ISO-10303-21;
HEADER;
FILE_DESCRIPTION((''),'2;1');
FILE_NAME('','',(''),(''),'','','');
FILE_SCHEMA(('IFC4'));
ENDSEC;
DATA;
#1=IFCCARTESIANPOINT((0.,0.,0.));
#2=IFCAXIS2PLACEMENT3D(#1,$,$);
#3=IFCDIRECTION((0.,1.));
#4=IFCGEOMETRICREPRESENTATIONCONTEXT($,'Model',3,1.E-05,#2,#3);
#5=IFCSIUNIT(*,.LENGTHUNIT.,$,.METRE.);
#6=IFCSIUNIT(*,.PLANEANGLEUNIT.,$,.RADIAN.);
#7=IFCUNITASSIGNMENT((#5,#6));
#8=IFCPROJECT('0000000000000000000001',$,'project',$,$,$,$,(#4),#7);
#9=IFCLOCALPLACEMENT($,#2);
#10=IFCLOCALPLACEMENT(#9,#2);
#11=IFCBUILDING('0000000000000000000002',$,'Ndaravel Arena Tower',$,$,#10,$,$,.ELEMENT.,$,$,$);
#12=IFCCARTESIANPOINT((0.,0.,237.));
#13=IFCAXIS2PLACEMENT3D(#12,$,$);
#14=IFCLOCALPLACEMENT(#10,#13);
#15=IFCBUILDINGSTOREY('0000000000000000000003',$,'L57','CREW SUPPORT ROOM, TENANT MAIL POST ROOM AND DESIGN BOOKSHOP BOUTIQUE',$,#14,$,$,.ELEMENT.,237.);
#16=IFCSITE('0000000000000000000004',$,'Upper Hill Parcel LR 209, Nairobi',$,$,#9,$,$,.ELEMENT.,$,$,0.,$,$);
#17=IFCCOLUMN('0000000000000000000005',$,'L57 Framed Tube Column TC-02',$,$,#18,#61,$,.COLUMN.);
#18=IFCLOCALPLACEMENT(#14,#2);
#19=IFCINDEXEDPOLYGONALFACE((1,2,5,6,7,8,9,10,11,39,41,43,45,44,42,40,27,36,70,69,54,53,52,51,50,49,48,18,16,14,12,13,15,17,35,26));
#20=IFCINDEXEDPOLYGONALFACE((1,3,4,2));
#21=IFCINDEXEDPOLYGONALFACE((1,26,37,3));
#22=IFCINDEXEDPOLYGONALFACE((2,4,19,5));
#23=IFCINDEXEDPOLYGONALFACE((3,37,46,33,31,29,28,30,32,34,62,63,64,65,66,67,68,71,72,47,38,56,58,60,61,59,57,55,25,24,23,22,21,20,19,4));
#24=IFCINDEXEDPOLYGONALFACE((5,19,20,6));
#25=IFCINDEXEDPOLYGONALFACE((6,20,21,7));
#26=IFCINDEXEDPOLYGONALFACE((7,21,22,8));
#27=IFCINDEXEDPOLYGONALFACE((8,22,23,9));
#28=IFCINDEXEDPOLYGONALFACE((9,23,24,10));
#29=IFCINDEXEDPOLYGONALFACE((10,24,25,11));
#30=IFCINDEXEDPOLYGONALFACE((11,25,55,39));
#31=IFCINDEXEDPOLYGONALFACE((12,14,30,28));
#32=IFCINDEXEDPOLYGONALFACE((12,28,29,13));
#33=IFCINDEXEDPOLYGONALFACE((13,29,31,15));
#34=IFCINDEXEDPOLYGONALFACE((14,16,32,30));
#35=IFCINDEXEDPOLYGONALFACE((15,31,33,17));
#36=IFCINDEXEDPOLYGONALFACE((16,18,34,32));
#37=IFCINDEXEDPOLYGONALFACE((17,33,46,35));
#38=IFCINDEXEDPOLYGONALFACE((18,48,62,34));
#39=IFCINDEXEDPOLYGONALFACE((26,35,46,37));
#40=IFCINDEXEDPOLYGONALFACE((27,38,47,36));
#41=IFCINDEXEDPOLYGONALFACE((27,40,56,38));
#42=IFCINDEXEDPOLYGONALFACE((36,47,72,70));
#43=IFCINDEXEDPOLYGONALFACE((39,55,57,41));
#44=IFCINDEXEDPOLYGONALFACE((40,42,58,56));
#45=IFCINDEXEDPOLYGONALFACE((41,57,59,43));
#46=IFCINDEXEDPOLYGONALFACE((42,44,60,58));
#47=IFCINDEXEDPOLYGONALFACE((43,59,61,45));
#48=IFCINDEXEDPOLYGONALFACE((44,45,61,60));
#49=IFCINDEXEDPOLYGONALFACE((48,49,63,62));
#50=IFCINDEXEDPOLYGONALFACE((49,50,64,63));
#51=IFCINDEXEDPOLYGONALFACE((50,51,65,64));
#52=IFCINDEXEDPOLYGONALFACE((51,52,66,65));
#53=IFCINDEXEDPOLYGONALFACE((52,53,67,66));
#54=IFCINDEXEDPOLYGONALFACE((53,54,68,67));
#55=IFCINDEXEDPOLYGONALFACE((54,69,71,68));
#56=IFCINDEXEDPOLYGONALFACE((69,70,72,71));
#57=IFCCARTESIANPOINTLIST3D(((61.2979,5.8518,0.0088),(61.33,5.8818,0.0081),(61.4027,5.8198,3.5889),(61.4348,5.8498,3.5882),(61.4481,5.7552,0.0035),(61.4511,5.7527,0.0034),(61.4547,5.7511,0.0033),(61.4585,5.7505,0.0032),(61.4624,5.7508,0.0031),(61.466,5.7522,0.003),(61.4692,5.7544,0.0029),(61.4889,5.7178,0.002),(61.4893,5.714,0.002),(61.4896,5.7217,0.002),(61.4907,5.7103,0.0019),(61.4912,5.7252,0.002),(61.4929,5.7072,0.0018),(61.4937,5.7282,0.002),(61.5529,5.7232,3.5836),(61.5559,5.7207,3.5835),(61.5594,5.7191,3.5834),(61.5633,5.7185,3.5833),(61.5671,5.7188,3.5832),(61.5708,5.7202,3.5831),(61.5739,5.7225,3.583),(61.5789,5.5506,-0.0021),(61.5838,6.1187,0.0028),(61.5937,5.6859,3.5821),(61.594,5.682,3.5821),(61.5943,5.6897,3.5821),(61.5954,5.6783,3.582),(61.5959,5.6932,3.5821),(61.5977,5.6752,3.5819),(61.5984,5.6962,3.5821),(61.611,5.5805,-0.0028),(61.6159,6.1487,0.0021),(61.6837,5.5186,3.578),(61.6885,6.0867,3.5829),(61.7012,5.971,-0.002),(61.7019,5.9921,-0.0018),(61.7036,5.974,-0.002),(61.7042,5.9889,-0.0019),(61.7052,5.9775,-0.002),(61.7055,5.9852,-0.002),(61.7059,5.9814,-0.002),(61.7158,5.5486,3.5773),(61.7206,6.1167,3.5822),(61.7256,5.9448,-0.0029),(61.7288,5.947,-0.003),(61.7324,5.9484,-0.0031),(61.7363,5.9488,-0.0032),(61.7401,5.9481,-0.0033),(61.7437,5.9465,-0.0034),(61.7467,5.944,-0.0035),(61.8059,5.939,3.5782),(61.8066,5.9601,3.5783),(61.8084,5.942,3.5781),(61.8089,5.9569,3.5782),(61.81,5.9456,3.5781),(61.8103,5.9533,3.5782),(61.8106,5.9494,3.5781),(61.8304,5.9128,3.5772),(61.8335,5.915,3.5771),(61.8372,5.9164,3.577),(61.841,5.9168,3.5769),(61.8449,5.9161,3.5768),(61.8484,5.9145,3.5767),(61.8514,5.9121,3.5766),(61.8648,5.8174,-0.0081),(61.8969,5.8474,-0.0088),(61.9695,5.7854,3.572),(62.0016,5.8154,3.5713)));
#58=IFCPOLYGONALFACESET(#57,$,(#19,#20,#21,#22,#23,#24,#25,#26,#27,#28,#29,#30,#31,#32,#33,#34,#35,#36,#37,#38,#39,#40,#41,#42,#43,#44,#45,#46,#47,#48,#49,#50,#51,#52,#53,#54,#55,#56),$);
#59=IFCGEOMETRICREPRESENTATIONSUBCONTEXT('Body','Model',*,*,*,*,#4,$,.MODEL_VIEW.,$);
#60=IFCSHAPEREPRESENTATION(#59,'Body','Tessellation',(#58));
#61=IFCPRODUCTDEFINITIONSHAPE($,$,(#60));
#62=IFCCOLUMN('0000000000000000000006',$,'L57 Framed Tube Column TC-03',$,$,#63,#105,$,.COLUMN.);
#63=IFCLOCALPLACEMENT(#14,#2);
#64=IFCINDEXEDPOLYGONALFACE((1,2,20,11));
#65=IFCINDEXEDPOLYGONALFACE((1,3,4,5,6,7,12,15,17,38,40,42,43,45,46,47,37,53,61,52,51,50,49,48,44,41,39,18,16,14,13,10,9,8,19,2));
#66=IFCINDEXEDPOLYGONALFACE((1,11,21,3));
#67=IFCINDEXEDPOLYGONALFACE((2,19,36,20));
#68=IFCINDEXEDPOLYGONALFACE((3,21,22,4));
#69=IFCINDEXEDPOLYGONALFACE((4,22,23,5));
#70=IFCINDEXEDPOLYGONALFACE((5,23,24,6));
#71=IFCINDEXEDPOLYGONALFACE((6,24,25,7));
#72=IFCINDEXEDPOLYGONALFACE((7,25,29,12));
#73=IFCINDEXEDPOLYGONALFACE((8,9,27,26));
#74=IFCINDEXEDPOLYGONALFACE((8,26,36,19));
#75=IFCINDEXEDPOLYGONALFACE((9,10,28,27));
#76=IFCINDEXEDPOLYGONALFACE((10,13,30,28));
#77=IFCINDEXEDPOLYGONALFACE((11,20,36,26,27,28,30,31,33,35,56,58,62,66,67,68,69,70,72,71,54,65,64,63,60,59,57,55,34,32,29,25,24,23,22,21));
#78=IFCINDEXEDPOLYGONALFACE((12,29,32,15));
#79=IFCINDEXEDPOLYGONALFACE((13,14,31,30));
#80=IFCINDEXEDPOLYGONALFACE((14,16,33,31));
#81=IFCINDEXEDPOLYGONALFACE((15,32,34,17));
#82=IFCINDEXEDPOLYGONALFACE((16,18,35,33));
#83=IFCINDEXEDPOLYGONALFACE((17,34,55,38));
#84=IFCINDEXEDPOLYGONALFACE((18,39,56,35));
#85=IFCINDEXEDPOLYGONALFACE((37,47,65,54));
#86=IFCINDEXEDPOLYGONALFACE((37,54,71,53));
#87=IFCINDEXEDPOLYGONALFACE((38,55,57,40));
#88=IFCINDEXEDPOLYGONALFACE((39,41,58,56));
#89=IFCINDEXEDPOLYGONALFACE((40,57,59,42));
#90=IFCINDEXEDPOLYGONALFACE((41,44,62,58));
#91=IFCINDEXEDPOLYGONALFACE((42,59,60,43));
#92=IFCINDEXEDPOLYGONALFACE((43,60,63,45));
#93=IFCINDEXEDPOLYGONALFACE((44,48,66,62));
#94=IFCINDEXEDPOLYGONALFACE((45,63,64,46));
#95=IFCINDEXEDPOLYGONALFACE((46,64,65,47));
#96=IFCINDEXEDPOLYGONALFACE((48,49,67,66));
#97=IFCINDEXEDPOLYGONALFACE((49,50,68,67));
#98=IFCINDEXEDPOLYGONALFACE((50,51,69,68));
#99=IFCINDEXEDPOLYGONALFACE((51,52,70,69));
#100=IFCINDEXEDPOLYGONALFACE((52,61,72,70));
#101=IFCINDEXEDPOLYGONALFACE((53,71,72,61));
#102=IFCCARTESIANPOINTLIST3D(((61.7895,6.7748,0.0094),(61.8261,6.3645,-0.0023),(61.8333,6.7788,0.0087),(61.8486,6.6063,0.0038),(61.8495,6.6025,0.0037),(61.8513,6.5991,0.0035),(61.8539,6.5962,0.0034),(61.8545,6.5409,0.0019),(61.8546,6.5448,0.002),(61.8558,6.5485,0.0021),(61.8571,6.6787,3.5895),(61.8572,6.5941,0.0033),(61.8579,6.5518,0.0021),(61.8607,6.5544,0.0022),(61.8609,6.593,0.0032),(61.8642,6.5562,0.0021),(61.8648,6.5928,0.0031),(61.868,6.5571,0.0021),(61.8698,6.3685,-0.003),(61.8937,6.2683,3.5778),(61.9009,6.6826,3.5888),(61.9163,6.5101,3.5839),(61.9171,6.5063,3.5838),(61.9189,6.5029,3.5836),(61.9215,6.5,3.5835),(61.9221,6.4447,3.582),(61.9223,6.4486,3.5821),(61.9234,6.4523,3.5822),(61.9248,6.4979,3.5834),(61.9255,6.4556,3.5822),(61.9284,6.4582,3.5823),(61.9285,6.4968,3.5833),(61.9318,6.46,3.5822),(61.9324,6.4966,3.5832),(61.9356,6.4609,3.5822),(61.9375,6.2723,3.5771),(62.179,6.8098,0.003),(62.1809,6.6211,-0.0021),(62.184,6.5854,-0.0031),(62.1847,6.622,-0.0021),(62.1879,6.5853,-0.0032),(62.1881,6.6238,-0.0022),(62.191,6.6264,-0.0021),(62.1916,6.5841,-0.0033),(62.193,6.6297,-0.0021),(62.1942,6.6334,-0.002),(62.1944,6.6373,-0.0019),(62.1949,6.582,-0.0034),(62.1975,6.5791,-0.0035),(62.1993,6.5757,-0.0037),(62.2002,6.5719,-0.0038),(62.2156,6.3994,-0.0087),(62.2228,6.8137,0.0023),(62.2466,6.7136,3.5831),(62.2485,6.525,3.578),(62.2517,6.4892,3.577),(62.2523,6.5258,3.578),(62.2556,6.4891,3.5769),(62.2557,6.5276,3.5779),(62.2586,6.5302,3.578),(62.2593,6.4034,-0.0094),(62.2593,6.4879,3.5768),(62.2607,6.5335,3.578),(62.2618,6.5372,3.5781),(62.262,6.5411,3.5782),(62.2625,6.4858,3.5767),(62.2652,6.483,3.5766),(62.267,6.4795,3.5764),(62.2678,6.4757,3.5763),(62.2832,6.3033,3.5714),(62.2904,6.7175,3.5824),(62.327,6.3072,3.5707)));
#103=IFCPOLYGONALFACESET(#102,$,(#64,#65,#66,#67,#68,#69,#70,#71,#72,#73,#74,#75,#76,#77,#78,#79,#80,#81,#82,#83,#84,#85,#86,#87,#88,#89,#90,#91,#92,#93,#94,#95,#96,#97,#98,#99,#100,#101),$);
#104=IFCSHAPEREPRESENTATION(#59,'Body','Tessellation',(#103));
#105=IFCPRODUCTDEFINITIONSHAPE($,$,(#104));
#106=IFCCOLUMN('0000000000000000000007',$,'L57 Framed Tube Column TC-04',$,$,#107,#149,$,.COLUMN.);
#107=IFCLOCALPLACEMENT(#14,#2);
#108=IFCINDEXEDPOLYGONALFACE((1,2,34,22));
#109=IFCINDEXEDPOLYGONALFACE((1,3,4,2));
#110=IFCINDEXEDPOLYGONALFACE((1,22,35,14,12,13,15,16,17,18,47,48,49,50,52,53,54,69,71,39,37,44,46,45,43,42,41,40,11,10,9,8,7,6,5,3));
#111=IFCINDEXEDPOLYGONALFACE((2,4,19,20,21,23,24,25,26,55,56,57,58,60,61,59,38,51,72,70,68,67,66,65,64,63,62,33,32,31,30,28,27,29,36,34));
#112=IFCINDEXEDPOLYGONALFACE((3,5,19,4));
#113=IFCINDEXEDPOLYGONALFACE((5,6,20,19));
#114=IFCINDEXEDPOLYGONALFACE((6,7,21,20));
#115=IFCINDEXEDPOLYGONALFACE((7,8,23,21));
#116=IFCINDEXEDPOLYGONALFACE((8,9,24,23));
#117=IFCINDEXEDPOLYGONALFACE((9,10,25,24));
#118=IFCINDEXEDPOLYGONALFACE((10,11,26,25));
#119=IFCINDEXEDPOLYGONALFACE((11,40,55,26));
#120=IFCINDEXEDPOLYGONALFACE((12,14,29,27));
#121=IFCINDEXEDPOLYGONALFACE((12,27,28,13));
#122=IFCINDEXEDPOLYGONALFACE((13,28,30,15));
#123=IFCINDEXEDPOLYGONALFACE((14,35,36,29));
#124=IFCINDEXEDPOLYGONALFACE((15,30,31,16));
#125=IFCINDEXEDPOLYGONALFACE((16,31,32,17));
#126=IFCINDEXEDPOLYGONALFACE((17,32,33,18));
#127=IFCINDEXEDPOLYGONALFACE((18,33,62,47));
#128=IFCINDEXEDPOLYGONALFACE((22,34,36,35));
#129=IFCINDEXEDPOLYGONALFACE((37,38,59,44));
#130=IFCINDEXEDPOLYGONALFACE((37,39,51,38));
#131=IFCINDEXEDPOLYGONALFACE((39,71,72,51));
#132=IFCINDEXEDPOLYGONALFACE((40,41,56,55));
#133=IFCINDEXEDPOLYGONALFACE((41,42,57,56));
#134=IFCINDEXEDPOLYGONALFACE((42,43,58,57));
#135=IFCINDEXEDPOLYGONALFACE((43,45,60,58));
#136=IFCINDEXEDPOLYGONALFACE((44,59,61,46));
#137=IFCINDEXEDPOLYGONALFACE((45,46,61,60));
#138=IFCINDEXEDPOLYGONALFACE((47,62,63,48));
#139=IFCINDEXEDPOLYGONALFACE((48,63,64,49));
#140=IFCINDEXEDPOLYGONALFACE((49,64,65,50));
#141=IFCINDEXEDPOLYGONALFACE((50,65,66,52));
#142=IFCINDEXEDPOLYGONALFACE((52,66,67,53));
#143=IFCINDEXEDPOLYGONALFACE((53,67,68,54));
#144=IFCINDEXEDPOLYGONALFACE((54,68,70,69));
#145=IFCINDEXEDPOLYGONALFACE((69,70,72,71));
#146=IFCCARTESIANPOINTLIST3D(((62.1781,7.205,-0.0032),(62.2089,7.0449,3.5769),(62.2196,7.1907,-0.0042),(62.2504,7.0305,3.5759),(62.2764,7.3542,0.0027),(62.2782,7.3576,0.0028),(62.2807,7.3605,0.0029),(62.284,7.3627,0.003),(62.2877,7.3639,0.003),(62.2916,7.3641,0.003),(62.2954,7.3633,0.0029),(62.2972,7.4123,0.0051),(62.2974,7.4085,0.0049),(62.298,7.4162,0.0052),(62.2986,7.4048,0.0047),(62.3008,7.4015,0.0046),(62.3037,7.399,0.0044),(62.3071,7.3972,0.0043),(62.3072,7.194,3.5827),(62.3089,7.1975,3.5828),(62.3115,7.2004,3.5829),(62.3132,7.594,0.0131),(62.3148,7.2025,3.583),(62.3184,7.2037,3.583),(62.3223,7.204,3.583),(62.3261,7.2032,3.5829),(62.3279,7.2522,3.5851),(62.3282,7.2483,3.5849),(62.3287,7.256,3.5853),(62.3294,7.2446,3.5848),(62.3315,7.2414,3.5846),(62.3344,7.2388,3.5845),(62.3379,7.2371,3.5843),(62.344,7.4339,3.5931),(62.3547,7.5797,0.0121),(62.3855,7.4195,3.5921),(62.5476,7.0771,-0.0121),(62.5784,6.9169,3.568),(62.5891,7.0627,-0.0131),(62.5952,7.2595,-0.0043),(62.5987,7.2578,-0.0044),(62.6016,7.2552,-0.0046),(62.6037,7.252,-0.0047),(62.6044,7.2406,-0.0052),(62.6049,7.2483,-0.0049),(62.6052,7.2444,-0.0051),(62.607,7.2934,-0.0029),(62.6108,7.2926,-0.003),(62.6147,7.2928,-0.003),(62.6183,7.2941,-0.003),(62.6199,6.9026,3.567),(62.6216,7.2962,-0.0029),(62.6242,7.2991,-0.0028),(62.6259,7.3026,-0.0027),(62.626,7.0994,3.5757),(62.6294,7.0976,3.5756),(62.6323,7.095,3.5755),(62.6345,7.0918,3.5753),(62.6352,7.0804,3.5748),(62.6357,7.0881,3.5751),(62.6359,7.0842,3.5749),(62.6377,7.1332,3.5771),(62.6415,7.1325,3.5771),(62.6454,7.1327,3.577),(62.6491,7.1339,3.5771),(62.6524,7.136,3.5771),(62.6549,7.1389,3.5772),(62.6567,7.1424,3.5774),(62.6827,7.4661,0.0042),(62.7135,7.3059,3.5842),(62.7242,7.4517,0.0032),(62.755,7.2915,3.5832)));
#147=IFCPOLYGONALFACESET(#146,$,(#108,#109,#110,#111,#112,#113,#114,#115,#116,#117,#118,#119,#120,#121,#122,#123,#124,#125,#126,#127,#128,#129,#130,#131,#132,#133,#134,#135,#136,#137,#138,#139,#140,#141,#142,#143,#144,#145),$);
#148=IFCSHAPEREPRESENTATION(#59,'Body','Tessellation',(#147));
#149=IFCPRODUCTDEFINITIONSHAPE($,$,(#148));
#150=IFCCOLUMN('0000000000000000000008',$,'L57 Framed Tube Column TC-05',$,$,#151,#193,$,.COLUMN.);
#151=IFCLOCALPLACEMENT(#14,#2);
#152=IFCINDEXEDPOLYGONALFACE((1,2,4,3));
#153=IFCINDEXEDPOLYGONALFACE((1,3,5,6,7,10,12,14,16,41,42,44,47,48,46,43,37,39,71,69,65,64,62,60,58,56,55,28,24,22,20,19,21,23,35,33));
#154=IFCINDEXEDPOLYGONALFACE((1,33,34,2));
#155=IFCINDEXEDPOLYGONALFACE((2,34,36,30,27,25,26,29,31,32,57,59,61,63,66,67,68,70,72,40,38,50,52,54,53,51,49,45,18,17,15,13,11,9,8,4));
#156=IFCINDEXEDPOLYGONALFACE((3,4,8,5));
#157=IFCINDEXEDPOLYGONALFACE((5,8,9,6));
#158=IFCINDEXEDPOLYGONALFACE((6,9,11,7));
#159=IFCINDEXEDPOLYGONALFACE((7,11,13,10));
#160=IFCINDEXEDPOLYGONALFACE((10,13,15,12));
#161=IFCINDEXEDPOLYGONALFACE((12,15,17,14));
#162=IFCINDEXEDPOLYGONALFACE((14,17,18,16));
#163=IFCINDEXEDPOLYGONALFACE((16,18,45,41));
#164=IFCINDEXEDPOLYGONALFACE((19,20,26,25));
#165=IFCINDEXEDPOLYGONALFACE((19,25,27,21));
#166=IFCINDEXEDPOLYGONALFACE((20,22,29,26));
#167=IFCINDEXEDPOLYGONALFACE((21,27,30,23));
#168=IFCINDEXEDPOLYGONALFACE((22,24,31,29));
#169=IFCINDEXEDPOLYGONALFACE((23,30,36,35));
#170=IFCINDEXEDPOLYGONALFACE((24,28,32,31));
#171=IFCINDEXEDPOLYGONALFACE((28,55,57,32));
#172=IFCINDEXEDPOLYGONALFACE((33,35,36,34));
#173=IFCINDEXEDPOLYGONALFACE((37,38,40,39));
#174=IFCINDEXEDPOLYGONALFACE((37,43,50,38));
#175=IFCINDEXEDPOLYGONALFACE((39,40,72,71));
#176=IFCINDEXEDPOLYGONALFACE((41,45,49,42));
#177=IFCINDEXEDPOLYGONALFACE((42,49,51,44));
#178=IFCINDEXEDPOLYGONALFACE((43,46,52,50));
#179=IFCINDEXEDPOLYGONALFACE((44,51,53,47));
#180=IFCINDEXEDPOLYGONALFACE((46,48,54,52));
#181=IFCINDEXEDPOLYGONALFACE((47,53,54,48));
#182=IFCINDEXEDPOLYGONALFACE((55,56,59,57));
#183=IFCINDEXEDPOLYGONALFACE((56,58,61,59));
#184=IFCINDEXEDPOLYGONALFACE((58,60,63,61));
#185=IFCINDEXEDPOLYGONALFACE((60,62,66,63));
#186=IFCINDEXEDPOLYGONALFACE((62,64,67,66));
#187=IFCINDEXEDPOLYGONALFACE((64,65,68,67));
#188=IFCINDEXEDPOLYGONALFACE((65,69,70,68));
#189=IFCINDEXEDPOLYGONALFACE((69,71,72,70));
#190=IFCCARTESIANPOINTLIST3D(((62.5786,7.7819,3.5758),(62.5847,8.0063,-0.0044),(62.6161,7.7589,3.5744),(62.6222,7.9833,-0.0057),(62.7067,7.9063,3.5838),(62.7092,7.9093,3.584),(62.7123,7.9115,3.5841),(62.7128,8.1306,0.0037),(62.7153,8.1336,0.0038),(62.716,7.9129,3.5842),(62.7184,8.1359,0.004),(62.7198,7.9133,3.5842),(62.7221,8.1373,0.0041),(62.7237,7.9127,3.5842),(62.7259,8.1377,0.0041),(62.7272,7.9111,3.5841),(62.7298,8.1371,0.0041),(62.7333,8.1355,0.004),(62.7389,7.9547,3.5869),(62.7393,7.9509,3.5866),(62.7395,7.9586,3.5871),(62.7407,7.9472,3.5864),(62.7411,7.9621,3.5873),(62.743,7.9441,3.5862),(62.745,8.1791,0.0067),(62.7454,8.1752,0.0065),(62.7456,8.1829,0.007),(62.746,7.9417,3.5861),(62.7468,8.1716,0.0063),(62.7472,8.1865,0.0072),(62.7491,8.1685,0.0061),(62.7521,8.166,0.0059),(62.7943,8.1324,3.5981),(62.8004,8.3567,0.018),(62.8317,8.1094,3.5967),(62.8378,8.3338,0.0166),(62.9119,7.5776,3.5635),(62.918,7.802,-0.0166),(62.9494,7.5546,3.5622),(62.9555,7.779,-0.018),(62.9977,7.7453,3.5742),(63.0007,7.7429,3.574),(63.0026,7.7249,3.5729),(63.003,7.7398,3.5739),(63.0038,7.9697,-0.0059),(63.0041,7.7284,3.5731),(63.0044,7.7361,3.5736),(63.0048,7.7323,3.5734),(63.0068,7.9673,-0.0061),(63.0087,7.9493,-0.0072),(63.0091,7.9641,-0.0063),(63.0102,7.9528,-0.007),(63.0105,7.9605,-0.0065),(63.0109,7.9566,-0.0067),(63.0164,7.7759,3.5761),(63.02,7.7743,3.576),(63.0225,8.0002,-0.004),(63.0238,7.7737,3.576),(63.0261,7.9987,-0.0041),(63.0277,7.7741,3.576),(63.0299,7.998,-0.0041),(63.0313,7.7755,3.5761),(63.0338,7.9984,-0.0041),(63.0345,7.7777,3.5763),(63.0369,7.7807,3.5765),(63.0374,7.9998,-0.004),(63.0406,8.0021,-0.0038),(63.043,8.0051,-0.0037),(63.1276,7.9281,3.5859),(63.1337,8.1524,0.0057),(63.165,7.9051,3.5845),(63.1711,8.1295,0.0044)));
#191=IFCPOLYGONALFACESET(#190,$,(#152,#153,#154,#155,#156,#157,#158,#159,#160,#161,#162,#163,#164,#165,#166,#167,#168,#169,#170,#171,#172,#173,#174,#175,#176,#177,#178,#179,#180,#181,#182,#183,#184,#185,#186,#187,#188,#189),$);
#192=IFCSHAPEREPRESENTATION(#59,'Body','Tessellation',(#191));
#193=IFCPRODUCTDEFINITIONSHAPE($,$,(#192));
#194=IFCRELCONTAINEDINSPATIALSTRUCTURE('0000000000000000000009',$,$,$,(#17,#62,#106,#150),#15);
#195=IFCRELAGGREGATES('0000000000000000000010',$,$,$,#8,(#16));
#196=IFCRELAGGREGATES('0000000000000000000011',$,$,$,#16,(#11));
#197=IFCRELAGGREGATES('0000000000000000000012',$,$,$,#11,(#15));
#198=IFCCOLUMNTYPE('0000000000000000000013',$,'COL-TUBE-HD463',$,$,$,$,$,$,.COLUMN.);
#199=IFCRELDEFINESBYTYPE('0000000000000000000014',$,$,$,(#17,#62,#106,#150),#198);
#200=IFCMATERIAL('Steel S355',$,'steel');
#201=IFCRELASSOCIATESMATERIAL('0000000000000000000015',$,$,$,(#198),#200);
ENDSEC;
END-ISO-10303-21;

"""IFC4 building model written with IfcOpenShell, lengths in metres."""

from ifc_helpers import new_model, si_unit, direction, frame, origin, origin_2d, place, context, subcontext, project, spatial, i_section, extrude, material, material_profile, profile_set, type_object, element, save


model = new_model("IFC4")

# Units and contexts
model_context = context("Model", 3, precision=1e-05, world=origin(), true_north=direction((0.0, 1.0)))
body_context = subcontext(model_context, "Body", "Model", "MODEL_VIEW")
ifc_project = project(units=[si_unit("LENGTHUNIT", "METRE"), si_unit("PLANEANGLEUNIT", "RADIAN")], contexts=[model_context])

# Site, building, storey
site_placement = place(None, origin())
site = spatial("IfcSite", under=ifc_project, at=site_placement, Name="Upper Hill Parcel LR 209, Nairobi", CompositionType="ELEMENT", RefElevation=0.0)
building_placement = place(site_placement, origin())
building = spatial("IfcBuilding", under=site, at=building_placement, Name="Ndaravel Arena Tower", CompositionType="ELEMENT")
storey_placement = place(building_placement, frame((0.0, 0.0, 237.0)))
storey = spatial("IfcBuildingStorey", under=building, at=storey_placement, Name="L57", Description="CREW SUPPORT ROOM, TENANT MAIL POST ROOM AND DESIGN BOOKSHOP BOUTIQUE", CompositionType="ELEMENT", Elevation=237.0)

# Columns
ifc_material_1 = material(Name="Steel S355", Category="steel")
ifc_material_profile_1 = material_profile(ifc_material_1, i_section(OverallWidth=0.4121, OverallDepth=0.4351, WebThickness=0.0359, FlangeThickness=0.0439, FilletRadius=0.0149, at=origin_2d()), Name="HD 400x463")
ifc_profile_set_1 = profile_set([ifc_material_profile_1], Name="Steel S355")
column_type = type_object("IfcColumnType", Name="COL-TUBE-HD463", PredefinedType="COLUMN", material=ifc_profile_set_1)
column_1_placement = place(storey_placement, frame((61.5974, 5.8496, 0.0), z_axis=(0.029242, -0.008929, 0.999532), x_axis=(-0.681858, 0.731005, 0.026478)))
element("IfcColumn", 1, at=column_1_placement, inside=storey, type_object=column_type, Name="L57 Framed Tube Column TC-02", PredefinedType="COLUMN", context=body_context, shape_type="SweptSolid", body=[
    extrude(i_section(OverallWidth=0.4121, OverallDepth=0.4351, WebThickness=0.0359, FlangeThickness=0.0439, FilletRadius=0.0149, at=origin_2d()), origin(), (0.0, 0.0, 1.0), 3.5818),
])
column_2_placement = place(storey_placement, frame((62.0244, 6.5891, 0.0), z_axis=(0.01888, -0.026854, 0.999461), x_axis=(-0.088782, 0.995645, 0.028429)))
element("IfcColumn", 2, at=column_2_placement, inside=storey, type_object=column_type, Name="L57 Framed Tube Column TC-03", PredefinedType="COLUMN", context=body_context, shape_type="SweptSolid", body=[
    extrude(i_section(OverallWidth=0.4121, OverallDepth=0.4351, WebThickness=0.0359, FlangeThickness=0.0439, FilletRadius=0.0149, at=origin_2d()), origin(), (0.0, 0.0, 1.0), 3.582),
])
column_3_placement = place(storey_placement, frame((62.4512, 7.3284, 0.0), z_axis=(0.008584, -0.044689, 0.998964), x_axis=(0.327839, 0.943911, 0.039409)))
element("IfcColumn", 3, at=column_3_placement, inside=storey, type_object=column_type, Name="L57 Framed Tube Column TC-04", PredefinedType="COLUMN", context=body_context, shape_type="SweptSolid", body=[
    extrude(i_section(OverallWidth=0.4121, OverallDepth=0.4351, WebThickness=0.0359, FlangeThickness=0.0439, FilletRadius=0.0149, at=origin_2d()), origin(), (0.0, 0.0, 1.0), 3.5837),
])
column_4_placement = place(storey_placement, frame((62.8779, 8.0679, 0.0), z_axis=(-0.001702, -0.062548, 0.998041), x_axis=(0.523319, 0.850412, 0.054188)))
element("IfcColumn", 4, at=column_4_placement, inside=storey, type_object=column_type, Name="L57 Framed Tube Column TC-05", PredefinedType="COLUMN", context=body_context, shape_type="SweptSolid", body=[
    extrude(i_section(OverallWidth=0.4121, OverallDepth=0.4351, WebThickness=0.0359, FlangeThickness=0.0439, FilletRadius=0.0149, at=origin_2d()), origin(), (0.0, 0.0, 1.0), 3.5872),
])

save(model, "model.ifc")
